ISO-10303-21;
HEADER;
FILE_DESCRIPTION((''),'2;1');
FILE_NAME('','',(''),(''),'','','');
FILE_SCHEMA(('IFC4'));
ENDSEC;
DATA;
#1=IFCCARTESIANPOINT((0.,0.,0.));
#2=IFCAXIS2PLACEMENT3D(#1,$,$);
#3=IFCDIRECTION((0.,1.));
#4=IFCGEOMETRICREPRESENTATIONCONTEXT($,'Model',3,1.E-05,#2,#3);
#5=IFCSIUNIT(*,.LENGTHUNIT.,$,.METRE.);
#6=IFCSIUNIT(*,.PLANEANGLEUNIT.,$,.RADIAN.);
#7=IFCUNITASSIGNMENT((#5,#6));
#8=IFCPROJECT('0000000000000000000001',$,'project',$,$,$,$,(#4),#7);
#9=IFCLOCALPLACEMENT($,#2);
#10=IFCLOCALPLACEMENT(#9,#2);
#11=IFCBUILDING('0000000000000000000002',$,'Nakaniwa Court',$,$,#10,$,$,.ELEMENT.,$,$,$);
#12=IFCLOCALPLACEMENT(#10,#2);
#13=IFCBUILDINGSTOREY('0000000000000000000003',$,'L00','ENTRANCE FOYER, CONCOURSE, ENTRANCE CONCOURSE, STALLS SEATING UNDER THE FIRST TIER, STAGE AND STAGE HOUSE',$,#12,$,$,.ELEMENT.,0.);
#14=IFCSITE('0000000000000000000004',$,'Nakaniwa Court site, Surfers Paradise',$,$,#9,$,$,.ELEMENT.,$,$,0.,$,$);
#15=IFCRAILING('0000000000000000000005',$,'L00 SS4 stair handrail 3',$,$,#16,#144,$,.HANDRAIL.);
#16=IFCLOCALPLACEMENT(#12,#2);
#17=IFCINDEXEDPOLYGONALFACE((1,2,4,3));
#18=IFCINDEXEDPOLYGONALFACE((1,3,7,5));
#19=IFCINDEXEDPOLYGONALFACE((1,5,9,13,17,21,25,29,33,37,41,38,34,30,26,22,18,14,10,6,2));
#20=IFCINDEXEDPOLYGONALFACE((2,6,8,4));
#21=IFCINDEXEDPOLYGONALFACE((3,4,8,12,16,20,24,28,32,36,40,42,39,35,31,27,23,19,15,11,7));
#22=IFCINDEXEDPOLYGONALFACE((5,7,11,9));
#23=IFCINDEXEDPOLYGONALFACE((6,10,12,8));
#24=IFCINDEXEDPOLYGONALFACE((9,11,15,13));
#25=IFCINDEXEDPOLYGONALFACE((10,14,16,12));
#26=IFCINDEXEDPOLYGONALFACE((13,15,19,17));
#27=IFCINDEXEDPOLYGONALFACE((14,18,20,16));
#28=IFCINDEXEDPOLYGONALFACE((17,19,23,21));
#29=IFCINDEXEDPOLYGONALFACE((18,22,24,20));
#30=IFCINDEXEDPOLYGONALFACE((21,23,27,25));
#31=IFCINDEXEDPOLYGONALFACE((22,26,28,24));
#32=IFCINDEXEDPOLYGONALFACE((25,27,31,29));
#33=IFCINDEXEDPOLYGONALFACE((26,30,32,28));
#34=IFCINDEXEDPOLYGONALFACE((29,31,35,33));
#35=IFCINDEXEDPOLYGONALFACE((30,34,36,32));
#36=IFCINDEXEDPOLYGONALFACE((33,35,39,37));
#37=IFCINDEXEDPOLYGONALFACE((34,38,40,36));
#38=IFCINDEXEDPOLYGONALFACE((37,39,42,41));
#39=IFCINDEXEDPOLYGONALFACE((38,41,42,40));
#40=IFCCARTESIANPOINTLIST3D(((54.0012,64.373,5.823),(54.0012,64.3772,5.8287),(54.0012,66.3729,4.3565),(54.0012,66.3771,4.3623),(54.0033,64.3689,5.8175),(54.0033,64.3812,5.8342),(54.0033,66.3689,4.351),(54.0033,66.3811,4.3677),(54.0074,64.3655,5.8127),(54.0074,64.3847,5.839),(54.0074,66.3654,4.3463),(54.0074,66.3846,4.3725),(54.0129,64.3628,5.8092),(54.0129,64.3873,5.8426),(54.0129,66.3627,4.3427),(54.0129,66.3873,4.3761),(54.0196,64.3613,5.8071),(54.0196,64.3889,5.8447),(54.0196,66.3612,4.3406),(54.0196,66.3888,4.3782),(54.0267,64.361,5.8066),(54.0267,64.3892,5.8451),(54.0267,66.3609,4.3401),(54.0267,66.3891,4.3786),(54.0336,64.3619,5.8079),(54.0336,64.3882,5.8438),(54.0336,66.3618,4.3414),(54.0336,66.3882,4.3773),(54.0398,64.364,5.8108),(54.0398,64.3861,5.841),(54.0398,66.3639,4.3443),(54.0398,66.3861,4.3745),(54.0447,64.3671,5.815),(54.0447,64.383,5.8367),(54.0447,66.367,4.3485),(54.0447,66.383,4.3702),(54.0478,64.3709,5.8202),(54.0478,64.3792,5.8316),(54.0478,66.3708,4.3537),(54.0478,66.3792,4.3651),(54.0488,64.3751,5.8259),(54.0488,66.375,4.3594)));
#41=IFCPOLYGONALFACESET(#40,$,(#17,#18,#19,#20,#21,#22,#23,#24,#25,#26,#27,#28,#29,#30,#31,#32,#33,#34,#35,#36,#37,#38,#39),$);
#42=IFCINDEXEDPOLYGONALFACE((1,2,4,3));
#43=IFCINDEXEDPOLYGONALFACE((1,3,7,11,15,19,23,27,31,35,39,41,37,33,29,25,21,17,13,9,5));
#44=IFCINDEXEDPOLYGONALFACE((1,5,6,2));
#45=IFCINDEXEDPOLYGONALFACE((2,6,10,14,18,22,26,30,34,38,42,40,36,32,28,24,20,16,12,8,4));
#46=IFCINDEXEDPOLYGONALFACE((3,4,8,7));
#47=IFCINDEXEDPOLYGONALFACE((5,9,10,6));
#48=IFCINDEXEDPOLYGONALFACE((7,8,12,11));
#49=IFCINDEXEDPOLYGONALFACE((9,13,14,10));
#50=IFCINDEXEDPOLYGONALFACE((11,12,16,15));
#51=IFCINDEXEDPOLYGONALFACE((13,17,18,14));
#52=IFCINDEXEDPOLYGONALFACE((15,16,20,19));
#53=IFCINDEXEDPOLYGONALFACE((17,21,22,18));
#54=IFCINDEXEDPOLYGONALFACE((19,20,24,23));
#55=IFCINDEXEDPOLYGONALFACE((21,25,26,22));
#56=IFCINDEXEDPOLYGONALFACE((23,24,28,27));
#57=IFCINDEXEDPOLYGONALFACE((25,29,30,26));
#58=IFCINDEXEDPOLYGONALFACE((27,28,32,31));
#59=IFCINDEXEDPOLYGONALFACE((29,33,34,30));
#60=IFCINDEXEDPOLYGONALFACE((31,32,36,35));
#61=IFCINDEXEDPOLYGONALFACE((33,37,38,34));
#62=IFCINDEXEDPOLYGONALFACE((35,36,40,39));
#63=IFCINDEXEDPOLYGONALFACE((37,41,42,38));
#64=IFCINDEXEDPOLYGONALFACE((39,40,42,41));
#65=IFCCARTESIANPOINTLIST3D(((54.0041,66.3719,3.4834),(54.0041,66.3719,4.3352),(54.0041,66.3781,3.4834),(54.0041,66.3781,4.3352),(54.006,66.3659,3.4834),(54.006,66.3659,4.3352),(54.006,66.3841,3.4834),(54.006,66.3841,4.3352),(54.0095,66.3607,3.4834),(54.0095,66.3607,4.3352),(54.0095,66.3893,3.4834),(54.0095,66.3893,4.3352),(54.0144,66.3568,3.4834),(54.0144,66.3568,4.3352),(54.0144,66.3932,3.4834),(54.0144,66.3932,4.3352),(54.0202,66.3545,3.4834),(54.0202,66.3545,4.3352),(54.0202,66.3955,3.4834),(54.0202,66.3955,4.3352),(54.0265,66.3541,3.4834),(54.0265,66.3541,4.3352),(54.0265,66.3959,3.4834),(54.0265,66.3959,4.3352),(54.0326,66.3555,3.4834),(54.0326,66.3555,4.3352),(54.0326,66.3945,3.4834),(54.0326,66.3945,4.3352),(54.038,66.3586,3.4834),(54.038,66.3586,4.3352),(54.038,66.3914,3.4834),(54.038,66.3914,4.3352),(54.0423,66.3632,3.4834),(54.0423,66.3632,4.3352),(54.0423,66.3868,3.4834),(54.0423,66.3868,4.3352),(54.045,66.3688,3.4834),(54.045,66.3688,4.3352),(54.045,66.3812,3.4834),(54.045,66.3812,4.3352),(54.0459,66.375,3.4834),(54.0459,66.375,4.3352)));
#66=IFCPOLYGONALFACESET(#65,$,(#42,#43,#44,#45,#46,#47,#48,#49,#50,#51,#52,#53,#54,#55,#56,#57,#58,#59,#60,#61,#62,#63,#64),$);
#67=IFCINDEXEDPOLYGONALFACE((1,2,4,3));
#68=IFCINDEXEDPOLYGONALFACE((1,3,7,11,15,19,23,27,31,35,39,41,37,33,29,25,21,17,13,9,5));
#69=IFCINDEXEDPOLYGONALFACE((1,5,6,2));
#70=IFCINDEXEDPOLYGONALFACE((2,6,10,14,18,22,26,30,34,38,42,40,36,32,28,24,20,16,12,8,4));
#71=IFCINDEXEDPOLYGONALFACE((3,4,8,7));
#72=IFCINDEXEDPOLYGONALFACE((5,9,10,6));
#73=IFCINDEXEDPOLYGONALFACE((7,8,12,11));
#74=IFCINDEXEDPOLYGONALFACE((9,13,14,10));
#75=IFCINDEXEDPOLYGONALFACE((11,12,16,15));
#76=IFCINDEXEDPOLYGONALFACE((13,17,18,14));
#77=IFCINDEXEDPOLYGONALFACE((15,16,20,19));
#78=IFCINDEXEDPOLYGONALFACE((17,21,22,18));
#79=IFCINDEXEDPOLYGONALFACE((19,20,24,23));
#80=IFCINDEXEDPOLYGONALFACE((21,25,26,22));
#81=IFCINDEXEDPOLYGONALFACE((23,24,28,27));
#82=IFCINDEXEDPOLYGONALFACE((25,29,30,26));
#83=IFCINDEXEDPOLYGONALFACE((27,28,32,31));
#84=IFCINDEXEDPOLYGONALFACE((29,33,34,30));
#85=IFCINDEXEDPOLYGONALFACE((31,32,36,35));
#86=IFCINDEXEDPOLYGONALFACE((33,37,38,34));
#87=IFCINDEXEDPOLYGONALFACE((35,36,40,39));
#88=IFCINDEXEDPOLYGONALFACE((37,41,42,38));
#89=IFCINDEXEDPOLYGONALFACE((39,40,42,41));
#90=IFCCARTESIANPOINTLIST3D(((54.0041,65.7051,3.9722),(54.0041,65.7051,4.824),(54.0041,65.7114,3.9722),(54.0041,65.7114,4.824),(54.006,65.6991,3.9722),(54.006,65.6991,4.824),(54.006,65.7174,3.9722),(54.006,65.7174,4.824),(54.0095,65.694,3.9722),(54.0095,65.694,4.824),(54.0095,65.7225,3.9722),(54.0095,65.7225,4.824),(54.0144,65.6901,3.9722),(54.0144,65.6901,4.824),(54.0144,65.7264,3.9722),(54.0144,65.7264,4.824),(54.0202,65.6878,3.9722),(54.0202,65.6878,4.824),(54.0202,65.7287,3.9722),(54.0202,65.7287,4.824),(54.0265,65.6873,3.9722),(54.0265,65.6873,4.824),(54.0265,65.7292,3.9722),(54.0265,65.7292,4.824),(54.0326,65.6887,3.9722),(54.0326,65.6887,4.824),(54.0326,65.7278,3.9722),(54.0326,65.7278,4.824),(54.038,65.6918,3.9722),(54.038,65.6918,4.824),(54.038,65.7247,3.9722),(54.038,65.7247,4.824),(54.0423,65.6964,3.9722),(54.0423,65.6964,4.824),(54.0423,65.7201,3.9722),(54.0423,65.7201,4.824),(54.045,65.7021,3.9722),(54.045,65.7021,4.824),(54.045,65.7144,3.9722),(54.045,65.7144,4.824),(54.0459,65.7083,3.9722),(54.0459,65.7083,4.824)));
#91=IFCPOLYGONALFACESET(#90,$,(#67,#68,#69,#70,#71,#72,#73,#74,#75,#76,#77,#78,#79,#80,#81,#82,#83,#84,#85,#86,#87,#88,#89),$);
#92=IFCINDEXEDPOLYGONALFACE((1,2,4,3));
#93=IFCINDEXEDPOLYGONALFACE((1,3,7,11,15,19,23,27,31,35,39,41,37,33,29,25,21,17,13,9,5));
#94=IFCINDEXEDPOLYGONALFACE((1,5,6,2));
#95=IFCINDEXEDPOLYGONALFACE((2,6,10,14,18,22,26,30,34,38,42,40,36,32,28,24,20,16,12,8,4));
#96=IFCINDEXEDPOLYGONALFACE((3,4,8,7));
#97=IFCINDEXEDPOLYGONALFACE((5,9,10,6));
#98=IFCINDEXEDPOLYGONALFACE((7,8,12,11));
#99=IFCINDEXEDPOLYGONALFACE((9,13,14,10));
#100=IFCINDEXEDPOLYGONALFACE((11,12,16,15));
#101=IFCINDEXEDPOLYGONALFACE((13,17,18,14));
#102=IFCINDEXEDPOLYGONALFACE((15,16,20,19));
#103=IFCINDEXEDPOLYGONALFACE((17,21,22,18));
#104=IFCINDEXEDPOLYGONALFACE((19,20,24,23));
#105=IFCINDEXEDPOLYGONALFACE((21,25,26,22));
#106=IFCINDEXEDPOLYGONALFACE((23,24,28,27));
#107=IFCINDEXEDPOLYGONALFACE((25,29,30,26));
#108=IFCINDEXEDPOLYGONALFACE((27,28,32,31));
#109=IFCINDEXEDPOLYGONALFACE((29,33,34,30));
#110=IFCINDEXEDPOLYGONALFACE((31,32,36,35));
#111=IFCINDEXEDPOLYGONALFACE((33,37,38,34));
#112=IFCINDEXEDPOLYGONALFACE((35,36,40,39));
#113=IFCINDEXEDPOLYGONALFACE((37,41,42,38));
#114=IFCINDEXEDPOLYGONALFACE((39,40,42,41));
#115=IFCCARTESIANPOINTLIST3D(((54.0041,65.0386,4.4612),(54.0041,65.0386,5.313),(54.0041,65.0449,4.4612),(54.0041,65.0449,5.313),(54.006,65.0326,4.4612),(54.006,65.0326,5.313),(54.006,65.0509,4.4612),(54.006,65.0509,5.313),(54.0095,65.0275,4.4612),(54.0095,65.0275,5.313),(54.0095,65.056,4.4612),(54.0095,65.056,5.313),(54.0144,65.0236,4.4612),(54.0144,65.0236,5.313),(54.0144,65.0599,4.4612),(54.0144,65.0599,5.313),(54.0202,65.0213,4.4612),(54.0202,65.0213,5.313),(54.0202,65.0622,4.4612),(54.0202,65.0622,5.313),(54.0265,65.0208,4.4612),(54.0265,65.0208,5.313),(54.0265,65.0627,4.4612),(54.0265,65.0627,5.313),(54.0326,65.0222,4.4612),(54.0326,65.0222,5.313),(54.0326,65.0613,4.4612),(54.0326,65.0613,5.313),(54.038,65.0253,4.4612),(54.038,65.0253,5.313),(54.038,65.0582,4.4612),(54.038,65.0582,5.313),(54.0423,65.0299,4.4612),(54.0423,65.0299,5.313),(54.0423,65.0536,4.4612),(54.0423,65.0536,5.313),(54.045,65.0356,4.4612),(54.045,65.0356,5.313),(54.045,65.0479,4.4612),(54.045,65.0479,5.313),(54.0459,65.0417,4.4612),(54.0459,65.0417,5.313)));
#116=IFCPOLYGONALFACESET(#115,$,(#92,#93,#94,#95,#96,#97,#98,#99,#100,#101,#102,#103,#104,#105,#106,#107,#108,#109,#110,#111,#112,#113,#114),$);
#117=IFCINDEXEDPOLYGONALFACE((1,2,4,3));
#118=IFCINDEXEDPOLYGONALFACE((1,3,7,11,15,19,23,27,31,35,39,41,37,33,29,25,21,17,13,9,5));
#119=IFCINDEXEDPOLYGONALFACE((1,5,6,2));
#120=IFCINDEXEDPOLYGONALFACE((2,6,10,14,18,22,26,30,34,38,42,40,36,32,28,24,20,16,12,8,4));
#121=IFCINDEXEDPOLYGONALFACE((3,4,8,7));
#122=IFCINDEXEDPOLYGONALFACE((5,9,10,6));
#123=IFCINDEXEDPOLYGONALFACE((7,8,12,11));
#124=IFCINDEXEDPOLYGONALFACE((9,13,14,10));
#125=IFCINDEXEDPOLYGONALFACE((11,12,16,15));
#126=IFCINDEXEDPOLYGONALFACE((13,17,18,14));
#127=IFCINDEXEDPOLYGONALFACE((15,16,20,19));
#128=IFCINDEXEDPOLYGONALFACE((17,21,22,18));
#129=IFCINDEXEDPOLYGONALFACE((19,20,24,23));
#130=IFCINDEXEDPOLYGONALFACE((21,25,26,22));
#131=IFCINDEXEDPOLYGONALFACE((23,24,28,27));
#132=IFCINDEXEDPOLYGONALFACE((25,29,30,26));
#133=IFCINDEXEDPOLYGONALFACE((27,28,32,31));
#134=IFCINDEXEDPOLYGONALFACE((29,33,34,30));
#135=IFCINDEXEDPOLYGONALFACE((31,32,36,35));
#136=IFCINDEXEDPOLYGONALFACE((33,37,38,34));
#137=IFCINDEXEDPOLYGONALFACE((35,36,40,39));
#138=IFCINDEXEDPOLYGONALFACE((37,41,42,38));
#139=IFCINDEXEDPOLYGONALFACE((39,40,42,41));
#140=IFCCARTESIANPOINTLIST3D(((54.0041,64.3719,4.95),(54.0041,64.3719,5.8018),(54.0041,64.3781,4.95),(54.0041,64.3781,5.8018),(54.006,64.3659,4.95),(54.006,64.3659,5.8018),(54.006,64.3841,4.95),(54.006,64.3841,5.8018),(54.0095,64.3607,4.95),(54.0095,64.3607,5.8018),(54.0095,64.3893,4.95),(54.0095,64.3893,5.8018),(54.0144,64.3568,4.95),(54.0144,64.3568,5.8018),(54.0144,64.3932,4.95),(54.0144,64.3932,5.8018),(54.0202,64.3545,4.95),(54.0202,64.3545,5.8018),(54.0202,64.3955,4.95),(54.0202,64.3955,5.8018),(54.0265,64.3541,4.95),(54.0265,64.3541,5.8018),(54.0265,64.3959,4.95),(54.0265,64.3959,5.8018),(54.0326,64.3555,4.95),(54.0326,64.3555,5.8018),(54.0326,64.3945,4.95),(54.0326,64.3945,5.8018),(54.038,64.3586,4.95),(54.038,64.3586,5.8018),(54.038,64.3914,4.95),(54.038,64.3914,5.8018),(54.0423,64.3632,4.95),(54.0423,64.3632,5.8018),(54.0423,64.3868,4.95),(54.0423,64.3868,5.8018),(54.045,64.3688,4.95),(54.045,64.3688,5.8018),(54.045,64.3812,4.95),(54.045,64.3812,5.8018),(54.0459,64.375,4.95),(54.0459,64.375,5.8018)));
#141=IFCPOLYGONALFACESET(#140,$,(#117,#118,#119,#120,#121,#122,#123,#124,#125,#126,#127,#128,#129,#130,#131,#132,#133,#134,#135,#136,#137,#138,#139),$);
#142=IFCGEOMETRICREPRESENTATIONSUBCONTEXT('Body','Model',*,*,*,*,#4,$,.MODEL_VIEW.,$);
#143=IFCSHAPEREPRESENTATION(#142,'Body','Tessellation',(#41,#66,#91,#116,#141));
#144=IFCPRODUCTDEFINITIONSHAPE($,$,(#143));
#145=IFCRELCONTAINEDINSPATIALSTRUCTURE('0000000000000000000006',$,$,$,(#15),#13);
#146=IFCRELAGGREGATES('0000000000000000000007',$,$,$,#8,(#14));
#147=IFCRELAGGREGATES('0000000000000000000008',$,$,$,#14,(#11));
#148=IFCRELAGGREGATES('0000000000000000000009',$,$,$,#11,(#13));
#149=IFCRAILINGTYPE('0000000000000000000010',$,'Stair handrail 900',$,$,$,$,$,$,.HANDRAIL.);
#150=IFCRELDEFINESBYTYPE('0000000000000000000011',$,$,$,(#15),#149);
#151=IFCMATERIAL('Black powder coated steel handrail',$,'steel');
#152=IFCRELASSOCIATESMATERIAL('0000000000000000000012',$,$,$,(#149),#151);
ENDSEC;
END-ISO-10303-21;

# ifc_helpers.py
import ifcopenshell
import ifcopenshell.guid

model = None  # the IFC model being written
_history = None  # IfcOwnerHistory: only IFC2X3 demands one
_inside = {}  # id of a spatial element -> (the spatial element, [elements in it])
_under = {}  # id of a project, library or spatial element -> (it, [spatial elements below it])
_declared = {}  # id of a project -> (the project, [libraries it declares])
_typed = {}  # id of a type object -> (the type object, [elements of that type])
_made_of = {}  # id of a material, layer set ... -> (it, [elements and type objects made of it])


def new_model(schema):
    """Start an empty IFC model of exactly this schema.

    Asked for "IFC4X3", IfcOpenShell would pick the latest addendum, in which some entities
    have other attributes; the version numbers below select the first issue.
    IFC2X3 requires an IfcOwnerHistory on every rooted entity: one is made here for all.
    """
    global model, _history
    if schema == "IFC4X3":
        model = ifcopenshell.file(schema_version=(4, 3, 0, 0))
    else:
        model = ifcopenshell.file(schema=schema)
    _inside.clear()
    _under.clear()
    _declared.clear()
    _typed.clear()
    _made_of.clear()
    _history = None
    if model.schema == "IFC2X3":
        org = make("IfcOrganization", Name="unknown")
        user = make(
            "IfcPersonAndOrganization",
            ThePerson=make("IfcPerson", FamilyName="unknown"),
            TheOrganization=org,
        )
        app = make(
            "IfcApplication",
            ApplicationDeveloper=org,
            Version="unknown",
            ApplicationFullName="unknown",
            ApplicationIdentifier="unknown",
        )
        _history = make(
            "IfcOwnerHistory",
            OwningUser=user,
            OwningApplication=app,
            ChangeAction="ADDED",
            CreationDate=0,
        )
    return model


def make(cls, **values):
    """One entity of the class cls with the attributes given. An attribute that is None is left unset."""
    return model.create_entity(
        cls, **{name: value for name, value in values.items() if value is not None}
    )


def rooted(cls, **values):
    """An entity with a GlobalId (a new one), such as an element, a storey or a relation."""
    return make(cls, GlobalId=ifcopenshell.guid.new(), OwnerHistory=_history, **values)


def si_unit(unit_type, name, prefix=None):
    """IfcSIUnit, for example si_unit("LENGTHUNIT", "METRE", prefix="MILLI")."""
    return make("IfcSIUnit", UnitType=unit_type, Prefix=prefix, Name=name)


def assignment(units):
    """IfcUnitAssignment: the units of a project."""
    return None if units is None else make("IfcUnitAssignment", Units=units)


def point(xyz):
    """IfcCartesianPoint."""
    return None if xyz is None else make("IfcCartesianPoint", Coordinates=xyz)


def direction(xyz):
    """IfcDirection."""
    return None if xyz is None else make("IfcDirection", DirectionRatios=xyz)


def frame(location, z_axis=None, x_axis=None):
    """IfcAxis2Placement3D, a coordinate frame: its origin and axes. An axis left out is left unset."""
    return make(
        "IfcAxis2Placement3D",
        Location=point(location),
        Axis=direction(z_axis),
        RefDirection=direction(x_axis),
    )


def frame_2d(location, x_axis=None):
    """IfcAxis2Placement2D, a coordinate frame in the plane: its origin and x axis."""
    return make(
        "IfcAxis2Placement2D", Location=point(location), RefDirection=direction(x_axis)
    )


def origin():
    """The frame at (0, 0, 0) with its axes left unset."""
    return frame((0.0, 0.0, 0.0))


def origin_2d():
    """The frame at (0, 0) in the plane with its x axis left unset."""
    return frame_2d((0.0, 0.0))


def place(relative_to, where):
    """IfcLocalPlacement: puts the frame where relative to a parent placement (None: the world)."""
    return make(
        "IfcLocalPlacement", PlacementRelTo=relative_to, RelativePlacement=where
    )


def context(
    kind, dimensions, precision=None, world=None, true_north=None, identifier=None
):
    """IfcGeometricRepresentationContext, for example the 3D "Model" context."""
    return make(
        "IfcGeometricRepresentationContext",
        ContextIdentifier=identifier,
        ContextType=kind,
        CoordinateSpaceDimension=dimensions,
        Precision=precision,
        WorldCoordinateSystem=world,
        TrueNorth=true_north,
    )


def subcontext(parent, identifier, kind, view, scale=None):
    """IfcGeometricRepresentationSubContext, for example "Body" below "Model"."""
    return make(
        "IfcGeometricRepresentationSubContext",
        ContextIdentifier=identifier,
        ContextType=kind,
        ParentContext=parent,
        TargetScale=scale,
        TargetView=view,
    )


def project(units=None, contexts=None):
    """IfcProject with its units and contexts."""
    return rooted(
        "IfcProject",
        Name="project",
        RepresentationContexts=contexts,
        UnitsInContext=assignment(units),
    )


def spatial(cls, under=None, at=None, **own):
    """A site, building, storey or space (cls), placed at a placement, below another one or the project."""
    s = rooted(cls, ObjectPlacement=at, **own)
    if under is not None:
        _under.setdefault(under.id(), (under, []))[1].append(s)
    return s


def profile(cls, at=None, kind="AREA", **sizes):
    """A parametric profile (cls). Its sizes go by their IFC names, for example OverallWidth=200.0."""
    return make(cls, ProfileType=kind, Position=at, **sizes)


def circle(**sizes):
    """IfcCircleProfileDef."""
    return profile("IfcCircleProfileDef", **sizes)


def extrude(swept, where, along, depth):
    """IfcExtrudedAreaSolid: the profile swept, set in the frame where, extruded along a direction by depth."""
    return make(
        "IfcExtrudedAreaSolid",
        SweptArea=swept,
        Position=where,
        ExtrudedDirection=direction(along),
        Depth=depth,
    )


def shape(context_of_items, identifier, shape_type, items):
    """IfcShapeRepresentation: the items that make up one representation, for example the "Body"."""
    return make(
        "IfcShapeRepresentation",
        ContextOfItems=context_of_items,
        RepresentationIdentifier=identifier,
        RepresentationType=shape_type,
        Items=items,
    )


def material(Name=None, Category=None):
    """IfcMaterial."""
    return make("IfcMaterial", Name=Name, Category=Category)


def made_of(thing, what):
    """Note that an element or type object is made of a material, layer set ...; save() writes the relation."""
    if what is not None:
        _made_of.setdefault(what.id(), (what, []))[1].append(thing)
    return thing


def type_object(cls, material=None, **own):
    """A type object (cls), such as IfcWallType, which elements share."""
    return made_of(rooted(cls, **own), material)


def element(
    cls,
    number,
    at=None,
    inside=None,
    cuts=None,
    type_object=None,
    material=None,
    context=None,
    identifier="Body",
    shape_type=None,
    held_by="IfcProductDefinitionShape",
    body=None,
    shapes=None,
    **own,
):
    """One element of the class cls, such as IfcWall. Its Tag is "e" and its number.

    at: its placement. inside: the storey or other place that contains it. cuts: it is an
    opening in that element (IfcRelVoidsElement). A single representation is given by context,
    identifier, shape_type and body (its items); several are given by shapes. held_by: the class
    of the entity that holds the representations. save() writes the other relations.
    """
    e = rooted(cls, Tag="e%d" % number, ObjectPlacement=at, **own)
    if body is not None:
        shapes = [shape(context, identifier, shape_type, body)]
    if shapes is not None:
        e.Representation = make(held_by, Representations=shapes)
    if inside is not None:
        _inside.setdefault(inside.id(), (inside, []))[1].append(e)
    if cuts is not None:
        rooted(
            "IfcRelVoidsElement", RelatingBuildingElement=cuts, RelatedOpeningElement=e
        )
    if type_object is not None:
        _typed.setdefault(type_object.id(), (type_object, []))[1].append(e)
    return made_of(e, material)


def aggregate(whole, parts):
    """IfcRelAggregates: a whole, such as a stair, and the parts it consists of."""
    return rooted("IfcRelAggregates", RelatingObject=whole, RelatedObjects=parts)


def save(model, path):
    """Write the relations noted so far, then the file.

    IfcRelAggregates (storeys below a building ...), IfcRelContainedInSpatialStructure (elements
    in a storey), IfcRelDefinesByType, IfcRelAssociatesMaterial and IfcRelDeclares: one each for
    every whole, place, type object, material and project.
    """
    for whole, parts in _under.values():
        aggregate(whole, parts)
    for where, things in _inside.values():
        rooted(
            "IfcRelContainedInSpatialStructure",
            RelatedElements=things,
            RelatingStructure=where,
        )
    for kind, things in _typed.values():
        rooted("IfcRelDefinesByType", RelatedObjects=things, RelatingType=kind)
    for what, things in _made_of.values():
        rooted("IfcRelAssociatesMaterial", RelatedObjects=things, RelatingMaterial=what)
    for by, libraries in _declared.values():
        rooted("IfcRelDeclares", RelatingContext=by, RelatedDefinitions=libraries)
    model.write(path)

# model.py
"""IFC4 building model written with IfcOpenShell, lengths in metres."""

from ifc_helpers import new_model, si_unit, direction, frame, origin, origin_2d, place, context, subcontext, project, spatial, circle, extrude, material, type_object, element, save


model = new_model("IFC4")

# Units and contexts
model_context = context("Model", 3, precision=1e-05, world=origin(), true_north=direction((0.0, 1.0)))
body_context = subcontext(model_context, "Body", "Model", "MODEL_VIEW")
ifc_project = project(units=[si_unit("LENGTHUNIT", "METRE"), si_unit("PLANEANGLEUNIT", "RADIAN")], contexts=[model_context])

# Site, building, storey
site_placement = place(None, origin())
site = spatial("IfcSite", under=ifc_project, at=site_placement, Name="Nakaniwa Court site, Surfers Paradise", CompositionType="ELEMENT", RefElevation=0.0)
building_placement = place(site_placement, origin())
building = spatial("IfcBuilding", under=site, at=building_placement, Name="Nakaniwa Court", CompositionType="ELEMENT")
storey_placement = place(building_placement, origin())
storey = spatial("IfcBuildingStorey", under=building, at=storey_placement, Name="L00", Description="ENTRANCE FOYER, CONCOURSE, ENTRANCE CONCOURSE, STALLS SEATING UNDER THE FIRST TIER, STAGE AND STAGE HOUSE", CompositionType="ELEMENT", Elevation=0.0)

# Railing
ifc_material_1 = material(Name="Black powder coated steel handrail", Category="steel")
railing_type_1 = type_object("IfcRailingType", Name="Stair handrail 900", PredefinedType="HANDRAIL", material=ifc_material_1)
railing_1_placement = place(storey_placement, frame((54.0249, 66.375, 3.4834)))
element("IfcRailing", 1, at=railing_1_placement, inside=storey, type_object=railing_type_1, Name="L00 SS4 stair handrail 3", PredefinedType="HANDRAIL", context=body_context, shape_type="SweptSolid", body=[
    extrude(circle(Radius=0.0239, at=origin_2d()), frame((0.0, 0.0, 0.876), z_axis=(0.0, -0.806427, 0.591334), x_axis=(1.0, 0.0, 0.0)), (0.0, 0.0, 1.0), 2.48),
    extrude(circle(Radius=0.021, at=origin_2d()), origin(), (0.0, 0.0, 1.0), 0.8518),
    extrude(circle(Radius=0.021, at=origin_2d()), frame((0.0, -0.6667, 0.4888)), (0.0, 0.0, 1.0), 0.8518),
    extrude(circle(Radius=0.021, at=origin_2d()), frame((0.0, -1.3333, 0.9778)), (0.0, 0.0, 1.0), 0.8518),
    extrude(circle(Radius=0.021, at=origin_2d()), frame((0.0, -2.0, 1.4666)), (0.0, 0.0, 1.0), 0.8518),
])

save(model, "model.ifc")
